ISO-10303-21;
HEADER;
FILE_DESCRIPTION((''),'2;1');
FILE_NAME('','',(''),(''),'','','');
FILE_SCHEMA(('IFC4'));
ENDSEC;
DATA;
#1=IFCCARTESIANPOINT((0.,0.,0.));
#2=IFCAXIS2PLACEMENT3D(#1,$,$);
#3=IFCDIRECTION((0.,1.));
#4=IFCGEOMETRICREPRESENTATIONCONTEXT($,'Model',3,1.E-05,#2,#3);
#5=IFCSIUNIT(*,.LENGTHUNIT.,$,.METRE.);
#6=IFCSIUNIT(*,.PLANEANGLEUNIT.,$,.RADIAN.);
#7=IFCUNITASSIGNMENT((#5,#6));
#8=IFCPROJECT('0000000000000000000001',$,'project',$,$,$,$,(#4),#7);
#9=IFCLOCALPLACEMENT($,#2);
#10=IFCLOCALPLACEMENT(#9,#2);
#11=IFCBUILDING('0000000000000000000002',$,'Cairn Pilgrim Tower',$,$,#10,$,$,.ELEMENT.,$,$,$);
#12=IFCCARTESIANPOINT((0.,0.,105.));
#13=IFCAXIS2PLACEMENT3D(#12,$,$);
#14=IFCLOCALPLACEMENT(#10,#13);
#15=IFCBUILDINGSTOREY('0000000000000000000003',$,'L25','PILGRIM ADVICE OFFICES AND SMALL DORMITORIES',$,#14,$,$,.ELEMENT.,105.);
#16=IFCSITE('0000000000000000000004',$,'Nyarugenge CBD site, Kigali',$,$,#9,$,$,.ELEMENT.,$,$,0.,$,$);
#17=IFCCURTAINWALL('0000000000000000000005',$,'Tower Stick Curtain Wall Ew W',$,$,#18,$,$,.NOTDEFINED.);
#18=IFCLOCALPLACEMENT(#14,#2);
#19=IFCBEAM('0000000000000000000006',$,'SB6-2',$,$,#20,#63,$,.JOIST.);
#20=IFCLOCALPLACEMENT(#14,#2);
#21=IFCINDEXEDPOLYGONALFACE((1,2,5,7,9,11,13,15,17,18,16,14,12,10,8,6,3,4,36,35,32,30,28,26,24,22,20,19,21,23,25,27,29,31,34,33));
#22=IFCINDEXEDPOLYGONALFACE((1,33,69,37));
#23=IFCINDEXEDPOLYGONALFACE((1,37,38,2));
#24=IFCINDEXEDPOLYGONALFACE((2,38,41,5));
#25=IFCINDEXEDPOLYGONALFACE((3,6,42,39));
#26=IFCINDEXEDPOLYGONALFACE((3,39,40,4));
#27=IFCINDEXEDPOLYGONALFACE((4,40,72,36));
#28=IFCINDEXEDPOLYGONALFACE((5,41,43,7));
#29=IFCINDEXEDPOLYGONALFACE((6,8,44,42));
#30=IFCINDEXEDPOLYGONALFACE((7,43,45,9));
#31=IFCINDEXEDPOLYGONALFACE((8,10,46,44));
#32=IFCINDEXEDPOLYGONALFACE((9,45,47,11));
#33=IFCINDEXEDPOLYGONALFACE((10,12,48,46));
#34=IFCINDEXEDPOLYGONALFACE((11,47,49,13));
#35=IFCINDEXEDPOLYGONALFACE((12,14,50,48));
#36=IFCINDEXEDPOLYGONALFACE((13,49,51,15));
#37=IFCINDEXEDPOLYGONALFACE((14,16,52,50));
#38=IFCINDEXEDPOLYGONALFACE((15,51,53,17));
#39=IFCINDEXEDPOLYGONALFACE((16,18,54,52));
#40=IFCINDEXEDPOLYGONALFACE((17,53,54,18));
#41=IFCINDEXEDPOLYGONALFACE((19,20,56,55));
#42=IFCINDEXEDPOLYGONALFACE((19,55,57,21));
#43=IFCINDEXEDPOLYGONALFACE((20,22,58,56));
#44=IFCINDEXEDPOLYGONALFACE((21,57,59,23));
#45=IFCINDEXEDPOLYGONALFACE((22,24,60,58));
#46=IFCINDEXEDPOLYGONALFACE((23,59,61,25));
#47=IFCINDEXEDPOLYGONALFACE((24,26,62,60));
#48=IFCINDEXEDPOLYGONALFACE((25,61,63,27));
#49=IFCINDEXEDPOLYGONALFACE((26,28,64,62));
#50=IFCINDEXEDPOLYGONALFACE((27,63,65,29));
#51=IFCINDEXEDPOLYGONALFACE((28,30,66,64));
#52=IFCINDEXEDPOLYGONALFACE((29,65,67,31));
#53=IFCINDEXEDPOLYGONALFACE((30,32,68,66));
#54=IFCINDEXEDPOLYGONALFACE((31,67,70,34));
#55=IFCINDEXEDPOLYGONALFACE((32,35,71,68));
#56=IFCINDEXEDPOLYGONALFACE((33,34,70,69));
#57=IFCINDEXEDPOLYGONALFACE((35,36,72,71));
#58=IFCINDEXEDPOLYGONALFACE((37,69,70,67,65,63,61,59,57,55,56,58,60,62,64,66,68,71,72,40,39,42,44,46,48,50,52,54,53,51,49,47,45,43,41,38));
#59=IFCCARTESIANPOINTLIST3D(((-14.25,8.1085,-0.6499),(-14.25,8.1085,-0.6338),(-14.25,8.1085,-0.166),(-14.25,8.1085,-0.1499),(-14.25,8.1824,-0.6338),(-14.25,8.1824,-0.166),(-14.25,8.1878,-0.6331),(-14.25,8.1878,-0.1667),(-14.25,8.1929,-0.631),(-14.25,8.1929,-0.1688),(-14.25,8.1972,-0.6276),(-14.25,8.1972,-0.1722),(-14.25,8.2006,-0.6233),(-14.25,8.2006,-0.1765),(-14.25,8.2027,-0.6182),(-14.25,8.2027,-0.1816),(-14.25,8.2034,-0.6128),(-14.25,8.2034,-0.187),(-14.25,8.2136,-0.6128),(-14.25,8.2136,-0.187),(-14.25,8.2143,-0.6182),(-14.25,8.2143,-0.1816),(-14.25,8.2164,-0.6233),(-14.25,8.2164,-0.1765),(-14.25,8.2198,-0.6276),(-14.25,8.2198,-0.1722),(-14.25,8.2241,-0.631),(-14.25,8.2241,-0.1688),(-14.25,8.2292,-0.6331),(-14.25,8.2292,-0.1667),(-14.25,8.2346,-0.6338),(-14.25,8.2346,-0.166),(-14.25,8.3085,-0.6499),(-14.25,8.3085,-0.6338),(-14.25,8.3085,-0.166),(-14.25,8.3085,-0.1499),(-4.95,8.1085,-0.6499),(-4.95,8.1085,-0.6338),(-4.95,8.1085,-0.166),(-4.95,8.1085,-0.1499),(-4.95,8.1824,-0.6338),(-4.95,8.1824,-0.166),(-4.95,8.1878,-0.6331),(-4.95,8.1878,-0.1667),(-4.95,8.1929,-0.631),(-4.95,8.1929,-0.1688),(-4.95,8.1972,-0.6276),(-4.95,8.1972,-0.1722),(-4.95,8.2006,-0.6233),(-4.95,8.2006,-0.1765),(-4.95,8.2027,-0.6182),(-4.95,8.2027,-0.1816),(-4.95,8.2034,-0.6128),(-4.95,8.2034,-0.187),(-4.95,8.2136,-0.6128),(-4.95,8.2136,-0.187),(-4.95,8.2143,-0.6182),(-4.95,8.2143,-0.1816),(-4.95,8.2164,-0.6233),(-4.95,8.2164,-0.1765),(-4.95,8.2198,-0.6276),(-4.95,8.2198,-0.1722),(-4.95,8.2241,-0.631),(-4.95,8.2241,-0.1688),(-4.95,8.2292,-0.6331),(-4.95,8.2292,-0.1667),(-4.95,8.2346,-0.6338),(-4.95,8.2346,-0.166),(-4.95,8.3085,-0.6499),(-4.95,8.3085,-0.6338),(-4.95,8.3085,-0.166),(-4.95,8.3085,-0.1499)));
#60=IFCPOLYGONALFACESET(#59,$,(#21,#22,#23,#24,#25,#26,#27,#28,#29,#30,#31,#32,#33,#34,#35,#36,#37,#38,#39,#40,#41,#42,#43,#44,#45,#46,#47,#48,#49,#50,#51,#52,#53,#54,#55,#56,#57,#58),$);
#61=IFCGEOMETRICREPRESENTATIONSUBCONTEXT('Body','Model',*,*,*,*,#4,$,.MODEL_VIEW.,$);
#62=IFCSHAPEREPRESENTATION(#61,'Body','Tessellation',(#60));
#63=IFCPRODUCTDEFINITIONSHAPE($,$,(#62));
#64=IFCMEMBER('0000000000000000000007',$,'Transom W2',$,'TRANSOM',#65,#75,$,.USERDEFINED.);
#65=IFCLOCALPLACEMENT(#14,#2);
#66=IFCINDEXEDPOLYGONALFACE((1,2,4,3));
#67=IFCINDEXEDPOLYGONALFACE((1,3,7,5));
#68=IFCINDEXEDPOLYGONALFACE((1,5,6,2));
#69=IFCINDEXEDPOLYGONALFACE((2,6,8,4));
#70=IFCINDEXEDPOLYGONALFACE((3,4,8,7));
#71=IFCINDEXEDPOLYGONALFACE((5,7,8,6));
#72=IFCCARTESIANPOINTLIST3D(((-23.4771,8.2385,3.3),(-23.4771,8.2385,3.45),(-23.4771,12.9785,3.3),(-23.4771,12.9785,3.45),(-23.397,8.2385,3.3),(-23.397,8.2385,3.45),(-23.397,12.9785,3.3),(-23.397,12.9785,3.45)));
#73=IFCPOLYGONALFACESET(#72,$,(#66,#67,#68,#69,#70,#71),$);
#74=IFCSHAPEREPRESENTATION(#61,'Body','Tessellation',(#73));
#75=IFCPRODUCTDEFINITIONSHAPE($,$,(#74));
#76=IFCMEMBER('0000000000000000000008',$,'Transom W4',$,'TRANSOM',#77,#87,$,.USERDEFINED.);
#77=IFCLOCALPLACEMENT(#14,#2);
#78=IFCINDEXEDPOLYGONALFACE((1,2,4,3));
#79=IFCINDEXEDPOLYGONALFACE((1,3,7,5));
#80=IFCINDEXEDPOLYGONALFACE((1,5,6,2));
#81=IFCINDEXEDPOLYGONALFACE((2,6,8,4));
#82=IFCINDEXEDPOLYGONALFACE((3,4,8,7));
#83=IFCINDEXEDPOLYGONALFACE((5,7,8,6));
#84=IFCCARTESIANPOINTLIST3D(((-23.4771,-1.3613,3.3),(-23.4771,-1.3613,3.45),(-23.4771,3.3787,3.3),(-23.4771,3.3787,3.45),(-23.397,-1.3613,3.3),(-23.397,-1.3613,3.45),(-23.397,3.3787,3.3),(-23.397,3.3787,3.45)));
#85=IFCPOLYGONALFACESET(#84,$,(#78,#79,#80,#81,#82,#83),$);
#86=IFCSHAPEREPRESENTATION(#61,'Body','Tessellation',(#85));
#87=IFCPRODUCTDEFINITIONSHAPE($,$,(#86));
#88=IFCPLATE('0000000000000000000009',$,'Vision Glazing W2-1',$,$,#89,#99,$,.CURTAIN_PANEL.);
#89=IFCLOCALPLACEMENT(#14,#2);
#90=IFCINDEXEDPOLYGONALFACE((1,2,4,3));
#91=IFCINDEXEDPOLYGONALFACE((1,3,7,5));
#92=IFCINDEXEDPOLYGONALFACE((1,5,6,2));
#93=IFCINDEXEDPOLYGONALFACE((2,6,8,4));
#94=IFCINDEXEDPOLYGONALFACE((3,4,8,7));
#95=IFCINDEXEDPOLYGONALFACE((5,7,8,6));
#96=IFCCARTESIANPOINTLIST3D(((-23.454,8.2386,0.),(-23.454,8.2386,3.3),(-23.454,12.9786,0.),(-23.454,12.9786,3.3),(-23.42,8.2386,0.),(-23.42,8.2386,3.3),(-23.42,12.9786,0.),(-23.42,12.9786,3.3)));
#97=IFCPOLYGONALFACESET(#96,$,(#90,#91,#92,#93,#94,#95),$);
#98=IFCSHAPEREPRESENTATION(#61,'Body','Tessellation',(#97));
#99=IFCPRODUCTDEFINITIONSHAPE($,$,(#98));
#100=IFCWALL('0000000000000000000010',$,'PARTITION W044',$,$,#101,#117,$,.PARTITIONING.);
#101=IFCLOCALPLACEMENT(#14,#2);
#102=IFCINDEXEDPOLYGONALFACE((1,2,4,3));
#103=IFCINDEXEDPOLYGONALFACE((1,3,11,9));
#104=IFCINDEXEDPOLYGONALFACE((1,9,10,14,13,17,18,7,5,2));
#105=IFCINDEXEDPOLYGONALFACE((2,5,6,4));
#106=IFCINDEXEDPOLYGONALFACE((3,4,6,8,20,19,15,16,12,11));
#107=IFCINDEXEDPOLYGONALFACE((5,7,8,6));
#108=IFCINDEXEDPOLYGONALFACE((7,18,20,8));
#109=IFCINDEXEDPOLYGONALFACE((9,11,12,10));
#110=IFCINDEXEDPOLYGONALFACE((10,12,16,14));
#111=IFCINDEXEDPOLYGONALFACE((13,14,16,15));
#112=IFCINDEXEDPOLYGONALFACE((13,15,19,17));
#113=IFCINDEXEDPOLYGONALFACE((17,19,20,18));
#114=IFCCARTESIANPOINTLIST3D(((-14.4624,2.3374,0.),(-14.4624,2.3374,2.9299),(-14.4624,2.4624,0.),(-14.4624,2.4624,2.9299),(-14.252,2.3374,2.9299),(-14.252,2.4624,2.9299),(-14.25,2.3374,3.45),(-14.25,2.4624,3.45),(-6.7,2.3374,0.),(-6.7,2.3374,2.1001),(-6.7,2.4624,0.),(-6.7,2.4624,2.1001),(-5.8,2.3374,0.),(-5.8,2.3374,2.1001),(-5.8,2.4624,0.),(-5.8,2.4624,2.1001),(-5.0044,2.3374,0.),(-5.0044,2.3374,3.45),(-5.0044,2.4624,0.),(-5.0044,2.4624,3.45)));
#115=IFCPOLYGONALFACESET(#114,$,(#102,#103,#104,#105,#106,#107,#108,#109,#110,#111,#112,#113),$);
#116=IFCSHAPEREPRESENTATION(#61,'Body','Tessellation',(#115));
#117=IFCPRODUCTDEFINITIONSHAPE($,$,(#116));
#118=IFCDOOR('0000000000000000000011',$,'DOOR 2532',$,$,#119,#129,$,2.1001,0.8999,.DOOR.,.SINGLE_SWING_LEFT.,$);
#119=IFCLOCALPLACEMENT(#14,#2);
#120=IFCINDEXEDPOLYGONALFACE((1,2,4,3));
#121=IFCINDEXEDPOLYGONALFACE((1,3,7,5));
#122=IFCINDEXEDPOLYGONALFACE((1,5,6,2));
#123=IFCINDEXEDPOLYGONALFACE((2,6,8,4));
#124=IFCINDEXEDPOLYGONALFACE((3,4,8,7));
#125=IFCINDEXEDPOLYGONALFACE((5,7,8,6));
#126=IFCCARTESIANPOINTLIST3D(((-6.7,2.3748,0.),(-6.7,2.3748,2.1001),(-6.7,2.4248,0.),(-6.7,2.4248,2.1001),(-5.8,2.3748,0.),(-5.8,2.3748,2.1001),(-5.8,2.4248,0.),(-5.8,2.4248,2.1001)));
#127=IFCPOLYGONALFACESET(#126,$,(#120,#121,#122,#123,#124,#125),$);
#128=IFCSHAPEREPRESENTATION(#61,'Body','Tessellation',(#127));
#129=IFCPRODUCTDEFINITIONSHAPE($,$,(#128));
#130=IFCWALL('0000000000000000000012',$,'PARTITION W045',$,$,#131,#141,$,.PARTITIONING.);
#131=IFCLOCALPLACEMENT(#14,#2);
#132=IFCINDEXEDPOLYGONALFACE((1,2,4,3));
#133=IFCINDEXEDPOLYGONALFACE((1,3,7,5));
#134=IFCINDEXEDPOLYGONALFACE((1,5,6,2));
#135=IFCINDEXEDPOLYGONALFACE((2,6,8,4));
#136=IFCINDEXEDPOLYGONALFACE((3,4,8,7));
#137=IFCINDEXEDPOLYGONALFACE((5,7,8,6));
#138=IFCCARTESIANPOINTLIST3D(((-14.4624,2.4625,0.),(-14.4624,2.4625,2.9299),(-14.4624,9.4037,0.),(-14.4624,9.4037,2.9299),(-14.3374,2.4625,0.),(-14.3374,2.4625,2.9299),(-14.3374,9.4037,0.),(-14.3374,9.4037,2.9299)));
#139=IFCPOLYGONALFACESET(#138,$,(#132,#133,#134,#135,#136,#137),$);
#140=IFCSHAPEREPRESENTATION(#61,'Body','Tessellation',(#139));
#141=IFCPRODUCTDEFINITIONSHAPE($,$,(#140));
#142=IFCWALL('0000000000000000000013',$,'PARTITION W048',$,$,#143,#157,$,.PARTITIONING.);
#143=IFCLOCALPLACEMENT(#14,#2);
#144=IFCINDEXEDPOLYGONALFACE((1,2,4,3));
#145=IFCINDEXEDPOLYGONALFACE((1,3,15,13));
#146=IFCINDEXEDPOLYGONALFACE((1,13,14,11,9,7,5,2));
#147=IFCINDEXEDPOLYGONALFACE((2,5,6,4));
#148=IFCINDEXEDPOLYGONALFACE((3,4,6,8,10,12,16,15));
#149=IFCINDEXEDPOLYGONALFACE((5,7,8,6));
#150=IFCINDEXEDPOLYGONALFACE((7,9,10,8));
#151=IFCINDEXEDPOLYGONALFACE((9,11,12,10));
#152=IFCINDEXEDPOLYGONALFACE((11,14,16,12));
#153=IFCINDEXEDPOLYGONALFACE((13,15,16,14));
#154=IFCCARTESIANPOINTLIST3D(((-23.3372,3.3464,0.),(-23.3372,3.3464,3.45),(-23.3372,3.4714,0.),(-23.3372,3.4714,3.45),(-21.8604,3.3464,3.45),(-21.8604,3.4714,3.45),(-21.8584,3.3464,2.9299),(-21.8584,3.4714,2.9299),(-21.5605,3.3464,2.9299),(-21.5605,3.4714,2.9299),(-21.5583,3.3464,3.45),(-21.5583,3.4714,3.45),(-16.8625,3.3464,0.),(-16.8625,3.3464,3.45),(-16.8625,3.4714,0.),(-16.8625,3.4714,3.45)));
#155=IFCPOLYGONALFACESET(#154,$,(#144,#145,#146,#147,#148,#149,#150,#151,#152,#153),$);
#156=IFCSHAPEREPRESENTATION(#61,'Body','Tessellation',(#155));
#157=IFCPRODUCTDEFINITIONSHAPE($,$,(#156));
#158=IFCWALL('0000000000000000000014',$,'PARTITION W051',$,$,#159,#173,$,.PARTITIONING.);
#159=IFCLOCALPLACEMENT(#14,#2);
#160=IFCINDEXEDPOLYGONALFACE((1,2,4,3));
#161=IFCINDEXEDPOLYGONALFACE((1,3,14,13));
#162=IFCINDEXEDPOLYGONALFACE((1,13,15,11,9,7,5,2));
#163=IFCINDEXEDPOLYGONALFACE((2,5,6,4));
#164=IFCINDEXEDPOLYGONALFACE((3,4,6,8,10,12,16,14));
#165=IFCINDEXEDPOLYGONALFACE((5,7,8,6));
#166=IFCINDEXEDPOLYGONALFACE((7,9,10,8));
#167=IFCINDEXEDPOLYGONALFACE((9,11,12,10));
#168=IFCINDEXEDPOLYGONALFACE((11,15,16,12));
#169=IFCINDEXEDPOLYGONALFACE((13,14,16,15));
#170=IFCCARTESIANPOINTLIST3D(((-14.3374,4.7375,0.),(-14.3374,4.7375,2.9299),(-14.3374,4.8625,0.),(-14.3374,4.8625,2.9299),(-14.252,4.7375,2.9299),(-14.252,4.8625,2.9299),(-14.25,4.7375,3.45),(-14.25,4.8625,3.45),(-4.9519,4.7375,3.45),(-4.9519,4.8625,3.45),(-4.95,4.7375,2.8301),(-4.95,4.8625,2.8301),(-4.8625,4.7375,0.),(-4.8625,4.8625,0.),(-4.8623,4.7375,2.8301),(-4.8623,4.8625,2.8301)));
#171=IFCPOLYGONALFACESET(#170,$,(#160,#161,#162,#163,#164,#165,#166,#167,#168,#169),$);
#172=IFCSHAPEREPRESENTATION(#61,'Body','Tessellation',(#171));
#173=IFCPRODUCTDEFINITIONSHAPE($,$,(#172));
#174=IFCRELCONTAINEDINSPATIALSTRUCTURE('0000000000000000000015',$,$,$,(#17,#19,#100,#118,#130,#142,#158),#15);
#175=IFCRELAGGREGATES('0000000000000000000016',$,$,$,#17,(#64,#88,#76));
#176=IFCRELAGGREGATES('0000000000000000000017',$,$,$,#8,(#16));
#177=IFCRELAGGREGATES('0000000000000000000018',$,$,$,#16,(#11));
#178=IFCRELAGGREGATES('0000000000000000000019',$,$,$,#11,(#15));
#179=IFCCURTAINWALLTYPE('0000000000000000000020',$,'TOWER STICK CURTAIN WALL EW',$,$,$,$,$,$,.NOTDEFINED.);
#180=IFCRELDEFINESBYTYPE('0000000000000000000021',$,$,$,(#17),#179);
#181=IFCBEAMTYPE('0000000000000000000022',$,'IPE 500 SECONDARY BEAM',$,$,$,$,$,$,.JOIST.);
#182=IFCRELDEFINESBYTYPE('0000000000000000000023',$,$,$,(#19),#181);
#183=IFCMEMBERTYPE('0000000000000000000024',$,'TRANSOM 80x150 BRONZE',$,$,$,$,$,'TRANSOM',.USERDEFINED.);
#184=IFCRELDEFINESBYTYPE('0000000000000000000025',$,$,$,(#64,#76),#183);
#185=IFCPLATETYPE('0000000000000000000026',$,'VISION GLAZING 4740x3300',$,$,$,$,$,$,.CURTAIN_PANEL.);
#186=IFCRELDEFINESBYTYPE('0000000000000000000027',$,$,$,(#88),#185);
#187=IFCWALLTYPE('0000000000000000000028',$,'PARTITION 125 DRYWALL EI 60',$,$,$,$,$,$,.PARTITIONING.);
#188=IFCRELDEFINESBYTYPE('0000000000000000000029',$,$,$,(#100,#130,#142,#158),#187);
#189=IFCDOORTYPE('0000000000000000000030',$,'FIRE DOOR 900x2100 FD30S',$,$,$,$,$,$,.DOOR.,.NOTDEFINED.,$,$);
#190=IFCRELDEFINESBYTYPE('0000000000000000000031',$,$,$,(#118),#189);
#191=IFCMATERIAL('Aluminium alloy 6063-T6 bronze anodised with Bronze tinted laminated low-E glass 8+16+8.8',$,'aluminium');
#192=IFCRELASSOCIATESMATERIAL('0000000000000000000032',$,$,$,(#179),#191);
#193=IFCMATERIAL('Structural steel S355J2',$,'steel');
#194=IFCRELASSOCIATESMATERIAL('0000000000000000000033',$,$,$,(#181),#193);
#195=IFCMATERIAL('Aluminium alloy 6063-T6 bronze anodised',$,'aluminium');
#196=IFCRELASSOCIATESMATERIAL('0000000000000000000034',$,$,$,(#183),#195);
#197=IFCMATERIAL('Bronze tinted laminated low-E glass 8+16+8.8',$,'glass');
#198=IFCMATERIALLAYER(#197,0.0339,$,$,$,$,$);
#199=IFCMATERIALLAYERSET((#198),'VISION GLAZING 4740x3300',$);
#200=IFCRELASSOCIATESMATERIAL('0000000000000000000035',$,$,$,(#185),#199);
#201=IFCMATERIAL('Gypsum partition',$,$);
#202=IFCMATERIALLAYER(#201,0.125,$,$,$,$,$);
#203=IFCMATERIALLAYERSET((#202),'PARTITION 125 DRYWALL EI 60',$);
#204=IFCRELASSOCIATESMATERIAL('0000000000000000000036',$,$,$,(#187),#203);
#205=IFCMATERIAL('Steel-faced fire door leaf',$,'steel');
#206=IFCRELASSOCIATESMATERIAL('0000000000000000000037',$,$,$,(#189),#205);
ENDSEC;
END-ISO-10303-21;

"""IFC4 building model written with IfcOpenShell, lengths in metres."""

from ifc_helpers import new_model, si_unit, direction, frame, frame_2d, origin, origin_2d, place, context, subcontext, project, spatial, polyline, rectangle, i_section, outline, extrude, material, layer, layer_set, material_profile, profile_set, type_object, element, fill, aggregate, save


model = new_model("IFC4")

# Units and contexts
model_context = context("Model", 3, precision=1e-05, world=origin(), true_north=direction((0.0, 1.0)))
body_context = subcontext(model_context, "Body", "Model", "MODEL_VIEW")
ifc_project = project(units=[si_unit("LENGTHUNIT", "METRE"), si_unit("PLANEANGLEUNIT", "RADIAN")], contexts=[model_context])

# Site, building, storey
site_placement = place(None, origin())
site = spatial("IfcSite", under=ifc_project, at=site_placement, Name="Nyarugenge CBD site, Kigali", CompositionType="ELEMENT", RefElevation=0.0)
building_placement = place(site_placement, origin())
building = spatial("IfcBuilding", under=site, at=building_placement, Name="Cairn Pilgrim Tower", CompositionType="ELEMENT")
storey_placement = place(building_placement, frame((0.0, 0.0, 105.0)))
storey = spatial("IfcBuildingStorey", under=building, at=storey_placement, Name="L25", Description="PILGRIM ADVICE OFFICES AND SMALL DORMITORIES", CompositionType="ELEMENT", Elevation=105.0)

# Shared definitions
ifc_material_1 = material(Name="Structural steel S355J2", Category="steel")

# Curtain wall
ifc_material_2 = material(Name="Aluminium alloy 6063-T6 bronze anodised with Bronze tinted laminated low-E glass 8+16+8.8", Category="aluminium")
curtain_wall_type = type_object("IfcCurtainWallType", Name="TOWER STICK CURTAIN WALL EW", PredefinedType="NOTDEFINED", material=ifc_material_2)
curtain_wall_placement = place(storey_placement, origin())
curtain_wall = element("IfcCurtainWall", 1, at=curtain_wall_placement, inside=storey, type_object=curtain_wall_type, Name="Tower Stick Curtain Wall Ew W", PredefinedType="NOTDEFINED")
ifc_material_3 = material(Name="Aluminium alloy 6063-T6 bronze anodised", Category="aluminium")

# Beam
ifc_material_profile_1 = material_profile(ifc_material_1, i_section(OverallWidth=0.2, OverallDepth=0.5, WebThickness=0.0103, FlangeThickness=0.0161, FilletRadius=0.021, at=origin_2d()), Name="IPE 500")
ifc_profile_set_1 = profile_set([ifc_material_profile_1], Name="Structural steel S355J2")
beam_type_1 = type_object("IfcBeamType", Name="IPE 500 SECONDARY BEAM", PredefinedType="JOIST", material=ifc_profile_set_1)
for number, where, z_axis, x_axis, name in (
    (2, (-14.25, 8.2085, -0.3999), (1.0, 0.0, 0.0), (0.0, 1.0, 0.0), "SB6-2"),
):
    element("IfcBeam", number, at=place(storey_placement, frame(where, z_axis=z_axis, x_axis=x_axis)), inside=storey, type_object=beam_type_1, Name=name, PredefinedType="JOIST", context=body_context, shape_type="SweptSolid", body=[
        extrude(i_section(OverallWidth=0.2, OverallDepth=0.5, WebThickness=0.0103, FlangeThickness=0.0161, FilletRadius=0.021, at=origin_2d()), origin(), (0.0, 0.0, 1.0), 9.3),
    ])

# Members
ifc_material_profile_2 = material_profile(ifc_material_3, rectangle(XDim=0.0801, YDim=0.1499, at=origin_2d()), Name="TRANSOM 80x150 BRONZE")
ifc_profile_set_2 = profile_set([ifc_material_profile_2], Name="Aluminium alloy 6063-T6 bronze anodised")
member_type_1 = type_object("IfcMemberType", Name="TRANSOM 80x150 BRONZE", ElementType="TRANSOM", PredefinedType="USERDEFINED", material=ifc_profile_set_2)
member_1_placement = place(storey_placement, frame((-23.437, 12.9785, 3.375), z_axis=(0.0, -1.0, 0.0), x_axis=(1.0, 0.0, 0.0)))
member_1 = element("IfcMember", 3, at=member_1_placement, type_object=member_type_1, Name="Transom W2", ObjectType="TRANSOM", PredefinedType="USERDEFINED", context=body_context, shape_type="SweptSolid", body=[
    extrude(rectangle(XDim=0.0801, YDim=0.1499, at=origin_2d()), origin(), (0.0, 0.0, 1.0), 4.74),
])
member_2_placement = place(storey_placement, frame((-23.437, 3.3787, 3.375), z_axis=(0.0, -1.0, 0.0), x_axis=(1.0, 0.0, 0.0)))
member_2 = element("IfcMember", 4, at=member_2_placement, type_object=member_type_1, Name="Transom W4", ObjectType="TRANSOM", PredefinedType="USERDEFINED", context=body_context, shape_type="SweptSolid", body=[
    extrude(rectangle(XDim=0.0801, YDim=0.1499, at=origin_2d()), origin(), (0.0, 0.0, 1.0), 4.74),
])

# Plate
ifc_material_4 = material(Name="Bronze tinted laminated low-E glass 8+16+8.8", Category="glass")
ifc_layer_1 = layer(ifc_material_4, 0.0339)
ifc_layer_set_1 = layer_set([ifc_layer_1], Name="VISION GLAZING 4740x3300")
plate_type = type_object("IfcPlateType", Name="VISION GLAZING 4740x3300", PredefinedType="CURTAIN_PANEL", material=ifc_layer_set_1)
plate_placement = place(storey_placement, frame((-23.437, 10.6086, 0.0), z_axis=(0.0, 0.0, 1.0), x_axis=(0.0, -1.0, 0.0)))
plate = element("IfcPlate", 5, at=plate_placement, type_object=plate_type, Name="Vision Glazing W2-1", PredefinedType="CURTAIN_PANEL", context=body_context, shape_type="SweptSolid", body=[
    extrude(rectangle(XDim=4.74, YDim=0.0339, at=origin_2d()), origin(), (0.0, 0.0, 1.0), 3.3),
])
aggregate(curtain_wall, [member_1, plate, member_2])

# Wall, opening, door
ifc_material_5 = material(Name="Gypsum partition")
ifc_layer_2 = layer(ifc_material_5, 0.125)
ifc_layer_set_2 = layer_set([ifc_layer_2], Name="PARTITION 125 DRYWALL EI 60")
wall_type_1 = type_object("IfcWallType", Name="PARTITION 125 DRYWALL EI 60", PredefinedType="PARTITIONING", material=ifc_layer_set_2)
wall_1_placement = place(storey_placement, frame((-14.4624, 2.3999, 0.0), z_axis=(0.0, 0.0, 1.0), x_axis=(1.0, 0.0, 0.0)))
wall_1 = element("IfcWall", 6, at=wall_1_placement, inside=storey, type_object=wall_type_1, Name="PARTITION W044", PredefinedType="PARTITIONING", context=body_context, shape_type="SweptSolid", body=[
    extrude(outline(polyline([(0.0, 0.0), (9.458, 0.0), (9.458, 3.45), (0.2124, 3.45), (0.2104, 2.9299), (0.0, 2.9299), (0.0, 0.0)])), frame((0.0, 0.0625, 0.0), z_axis=(0.0, -1.0, 0.0), x_axis=(1.0, 0.0, 0.0)), (0.0, 0.0, 1.0), 0.125),
])
opening_1_placement = place(wall_1_placement, frame((7.7625, 0.0, 0.0)))
opening_1 = element("IfcOpeningElement", 7, at=opening_1_placement, cuts=wall_1, PredefinedType="OPENING", context=body_context, shape_type="SweptSolid", body=[
    extrude(rectangle(XDim=0.8999, YDim=2.1001, at=frame_2d((0.45, 1.05))), frame((0.0, 0.0725, 0.0), z_axis=(0.0, -1.0, 0.0), x_axis=(1.0, 0.0, 0.0)), (0.0, 0.0, 1.0), 0.145),
])
ifc_material_6 = material(Name="Steel-faced fire door leaf", Category="steel")
door_type_1 = type_object("IfcDoorType", Name="FIRE DOOR 900x2100 FD30S", OperationType="NOTDEFINED", PredefinedType="DOOR", material=ifc_material_6)
door_1_placement = place(opening_1_placement, origin())
door_1 = element("IfcDoor", 8, at=door_1_placement, inside=storey, type_object=door_type_1, Name="DOOR 2532", OperationType="SINGLE_SWING_LEFT", OverallHeight=2.1001, OverallWidth=0.8999, PredefinedType="DOOR", context=body_context, shape_type="SweptSolid", body=[
    extrude(rectangle(XDim=0.8999, YDim=2.1001, at=frame_2d((0.45, 1.05))), frame((0.0, 0.0249, 0.0), z_axis=(0.0, -1.0, 0.0), x_axis=(1.0, 0.0, 0.0)), (0.0, 0.0, 1.0), 0.05),
])
fill(opening_1, door_1)

# Walls
wall_2_placement = place(storey_placement, frame((-14.3999, 2.4624, 0.0), z_axis=(0.0, 0.0, 1.0), x_axis=(0.0, 1.0, 0.0)))
element("IfcWall", 9, at=wall_2_placement, inside=storey, type_object=wall_type_1, Name="PARTITION W045", PredefinedType="PARTITIONING", context=body_context, shape_type="SweptSolid", body=[
    extrude(rectangle(XDim=6.9412, YDim=0.125, at=frame_2d((3.4707, 0.0))), origin(), (0.0, 0.0, 1.0), 2.9299),
])
wall_3_placement = place(storey_placement, frame((-23.3372, 3.4089, 0.0), z_axis=(0.0, 0.0, 1.0), x_axis=(1.0, 0.0, 0.0)))
element("IfcWall", 10, at=wall_3_placement, inside=storey, type_object=wall_type_1, Name="PARTITION W048", PredefinedType="PARTITIONING", context=body_context, shape_type="SweptSolid", body=[
    extrude(outline(polyline([(0.0, 0.0), (6.4746, 0.0), (6.4746, 3.45), (1.7788, 3.45), (1.7766, 2.9299), (1.4788, 2.9299), (1.4768, 3.45), (0.0, 3.45), (0.0, 0.0)])), frame((0.0, 0.0625, 0.0), z_axis=(0.0, -1.0, 0.0), x_axis=(1.0, 0.0, 0.0)), (0.0, 0.0, 1.0), 0.125),
])
wall_4_placement = place(storey_placement, frame((-14.3374, 4.8, 0.0), z_axis=(0.0, 0.0, 1.0), x_axis=(1.0, 0.0, 0.0)))
element("IfcWall", 11, at=wall_4_placement, inside=storey, type_object=wall_type_1, Name="PARTITION W051", PredefinedType="PARTITIONING", context=body_context, shape_type="SweptSolid", body=[
    extrude(outline(polyline([(0.0, 0.0), (9.4749, 0.0), (9.4751, 2.8301), (9.3875, 2.8301), (9.3855, 3.45), (0.0874, 3.45), (0.0854, 2.9299), (0.0, 2.9299), (0.0, 0.0)])), frame((0.0, 0.0625, 0.0), z_axis=(0.0, -1.0, 0.0), x_axis=(1.0, 0.0, 0.0)), (0.0, 0.0, 1.0), 0.125),
])

save(model, "model.ifc")
